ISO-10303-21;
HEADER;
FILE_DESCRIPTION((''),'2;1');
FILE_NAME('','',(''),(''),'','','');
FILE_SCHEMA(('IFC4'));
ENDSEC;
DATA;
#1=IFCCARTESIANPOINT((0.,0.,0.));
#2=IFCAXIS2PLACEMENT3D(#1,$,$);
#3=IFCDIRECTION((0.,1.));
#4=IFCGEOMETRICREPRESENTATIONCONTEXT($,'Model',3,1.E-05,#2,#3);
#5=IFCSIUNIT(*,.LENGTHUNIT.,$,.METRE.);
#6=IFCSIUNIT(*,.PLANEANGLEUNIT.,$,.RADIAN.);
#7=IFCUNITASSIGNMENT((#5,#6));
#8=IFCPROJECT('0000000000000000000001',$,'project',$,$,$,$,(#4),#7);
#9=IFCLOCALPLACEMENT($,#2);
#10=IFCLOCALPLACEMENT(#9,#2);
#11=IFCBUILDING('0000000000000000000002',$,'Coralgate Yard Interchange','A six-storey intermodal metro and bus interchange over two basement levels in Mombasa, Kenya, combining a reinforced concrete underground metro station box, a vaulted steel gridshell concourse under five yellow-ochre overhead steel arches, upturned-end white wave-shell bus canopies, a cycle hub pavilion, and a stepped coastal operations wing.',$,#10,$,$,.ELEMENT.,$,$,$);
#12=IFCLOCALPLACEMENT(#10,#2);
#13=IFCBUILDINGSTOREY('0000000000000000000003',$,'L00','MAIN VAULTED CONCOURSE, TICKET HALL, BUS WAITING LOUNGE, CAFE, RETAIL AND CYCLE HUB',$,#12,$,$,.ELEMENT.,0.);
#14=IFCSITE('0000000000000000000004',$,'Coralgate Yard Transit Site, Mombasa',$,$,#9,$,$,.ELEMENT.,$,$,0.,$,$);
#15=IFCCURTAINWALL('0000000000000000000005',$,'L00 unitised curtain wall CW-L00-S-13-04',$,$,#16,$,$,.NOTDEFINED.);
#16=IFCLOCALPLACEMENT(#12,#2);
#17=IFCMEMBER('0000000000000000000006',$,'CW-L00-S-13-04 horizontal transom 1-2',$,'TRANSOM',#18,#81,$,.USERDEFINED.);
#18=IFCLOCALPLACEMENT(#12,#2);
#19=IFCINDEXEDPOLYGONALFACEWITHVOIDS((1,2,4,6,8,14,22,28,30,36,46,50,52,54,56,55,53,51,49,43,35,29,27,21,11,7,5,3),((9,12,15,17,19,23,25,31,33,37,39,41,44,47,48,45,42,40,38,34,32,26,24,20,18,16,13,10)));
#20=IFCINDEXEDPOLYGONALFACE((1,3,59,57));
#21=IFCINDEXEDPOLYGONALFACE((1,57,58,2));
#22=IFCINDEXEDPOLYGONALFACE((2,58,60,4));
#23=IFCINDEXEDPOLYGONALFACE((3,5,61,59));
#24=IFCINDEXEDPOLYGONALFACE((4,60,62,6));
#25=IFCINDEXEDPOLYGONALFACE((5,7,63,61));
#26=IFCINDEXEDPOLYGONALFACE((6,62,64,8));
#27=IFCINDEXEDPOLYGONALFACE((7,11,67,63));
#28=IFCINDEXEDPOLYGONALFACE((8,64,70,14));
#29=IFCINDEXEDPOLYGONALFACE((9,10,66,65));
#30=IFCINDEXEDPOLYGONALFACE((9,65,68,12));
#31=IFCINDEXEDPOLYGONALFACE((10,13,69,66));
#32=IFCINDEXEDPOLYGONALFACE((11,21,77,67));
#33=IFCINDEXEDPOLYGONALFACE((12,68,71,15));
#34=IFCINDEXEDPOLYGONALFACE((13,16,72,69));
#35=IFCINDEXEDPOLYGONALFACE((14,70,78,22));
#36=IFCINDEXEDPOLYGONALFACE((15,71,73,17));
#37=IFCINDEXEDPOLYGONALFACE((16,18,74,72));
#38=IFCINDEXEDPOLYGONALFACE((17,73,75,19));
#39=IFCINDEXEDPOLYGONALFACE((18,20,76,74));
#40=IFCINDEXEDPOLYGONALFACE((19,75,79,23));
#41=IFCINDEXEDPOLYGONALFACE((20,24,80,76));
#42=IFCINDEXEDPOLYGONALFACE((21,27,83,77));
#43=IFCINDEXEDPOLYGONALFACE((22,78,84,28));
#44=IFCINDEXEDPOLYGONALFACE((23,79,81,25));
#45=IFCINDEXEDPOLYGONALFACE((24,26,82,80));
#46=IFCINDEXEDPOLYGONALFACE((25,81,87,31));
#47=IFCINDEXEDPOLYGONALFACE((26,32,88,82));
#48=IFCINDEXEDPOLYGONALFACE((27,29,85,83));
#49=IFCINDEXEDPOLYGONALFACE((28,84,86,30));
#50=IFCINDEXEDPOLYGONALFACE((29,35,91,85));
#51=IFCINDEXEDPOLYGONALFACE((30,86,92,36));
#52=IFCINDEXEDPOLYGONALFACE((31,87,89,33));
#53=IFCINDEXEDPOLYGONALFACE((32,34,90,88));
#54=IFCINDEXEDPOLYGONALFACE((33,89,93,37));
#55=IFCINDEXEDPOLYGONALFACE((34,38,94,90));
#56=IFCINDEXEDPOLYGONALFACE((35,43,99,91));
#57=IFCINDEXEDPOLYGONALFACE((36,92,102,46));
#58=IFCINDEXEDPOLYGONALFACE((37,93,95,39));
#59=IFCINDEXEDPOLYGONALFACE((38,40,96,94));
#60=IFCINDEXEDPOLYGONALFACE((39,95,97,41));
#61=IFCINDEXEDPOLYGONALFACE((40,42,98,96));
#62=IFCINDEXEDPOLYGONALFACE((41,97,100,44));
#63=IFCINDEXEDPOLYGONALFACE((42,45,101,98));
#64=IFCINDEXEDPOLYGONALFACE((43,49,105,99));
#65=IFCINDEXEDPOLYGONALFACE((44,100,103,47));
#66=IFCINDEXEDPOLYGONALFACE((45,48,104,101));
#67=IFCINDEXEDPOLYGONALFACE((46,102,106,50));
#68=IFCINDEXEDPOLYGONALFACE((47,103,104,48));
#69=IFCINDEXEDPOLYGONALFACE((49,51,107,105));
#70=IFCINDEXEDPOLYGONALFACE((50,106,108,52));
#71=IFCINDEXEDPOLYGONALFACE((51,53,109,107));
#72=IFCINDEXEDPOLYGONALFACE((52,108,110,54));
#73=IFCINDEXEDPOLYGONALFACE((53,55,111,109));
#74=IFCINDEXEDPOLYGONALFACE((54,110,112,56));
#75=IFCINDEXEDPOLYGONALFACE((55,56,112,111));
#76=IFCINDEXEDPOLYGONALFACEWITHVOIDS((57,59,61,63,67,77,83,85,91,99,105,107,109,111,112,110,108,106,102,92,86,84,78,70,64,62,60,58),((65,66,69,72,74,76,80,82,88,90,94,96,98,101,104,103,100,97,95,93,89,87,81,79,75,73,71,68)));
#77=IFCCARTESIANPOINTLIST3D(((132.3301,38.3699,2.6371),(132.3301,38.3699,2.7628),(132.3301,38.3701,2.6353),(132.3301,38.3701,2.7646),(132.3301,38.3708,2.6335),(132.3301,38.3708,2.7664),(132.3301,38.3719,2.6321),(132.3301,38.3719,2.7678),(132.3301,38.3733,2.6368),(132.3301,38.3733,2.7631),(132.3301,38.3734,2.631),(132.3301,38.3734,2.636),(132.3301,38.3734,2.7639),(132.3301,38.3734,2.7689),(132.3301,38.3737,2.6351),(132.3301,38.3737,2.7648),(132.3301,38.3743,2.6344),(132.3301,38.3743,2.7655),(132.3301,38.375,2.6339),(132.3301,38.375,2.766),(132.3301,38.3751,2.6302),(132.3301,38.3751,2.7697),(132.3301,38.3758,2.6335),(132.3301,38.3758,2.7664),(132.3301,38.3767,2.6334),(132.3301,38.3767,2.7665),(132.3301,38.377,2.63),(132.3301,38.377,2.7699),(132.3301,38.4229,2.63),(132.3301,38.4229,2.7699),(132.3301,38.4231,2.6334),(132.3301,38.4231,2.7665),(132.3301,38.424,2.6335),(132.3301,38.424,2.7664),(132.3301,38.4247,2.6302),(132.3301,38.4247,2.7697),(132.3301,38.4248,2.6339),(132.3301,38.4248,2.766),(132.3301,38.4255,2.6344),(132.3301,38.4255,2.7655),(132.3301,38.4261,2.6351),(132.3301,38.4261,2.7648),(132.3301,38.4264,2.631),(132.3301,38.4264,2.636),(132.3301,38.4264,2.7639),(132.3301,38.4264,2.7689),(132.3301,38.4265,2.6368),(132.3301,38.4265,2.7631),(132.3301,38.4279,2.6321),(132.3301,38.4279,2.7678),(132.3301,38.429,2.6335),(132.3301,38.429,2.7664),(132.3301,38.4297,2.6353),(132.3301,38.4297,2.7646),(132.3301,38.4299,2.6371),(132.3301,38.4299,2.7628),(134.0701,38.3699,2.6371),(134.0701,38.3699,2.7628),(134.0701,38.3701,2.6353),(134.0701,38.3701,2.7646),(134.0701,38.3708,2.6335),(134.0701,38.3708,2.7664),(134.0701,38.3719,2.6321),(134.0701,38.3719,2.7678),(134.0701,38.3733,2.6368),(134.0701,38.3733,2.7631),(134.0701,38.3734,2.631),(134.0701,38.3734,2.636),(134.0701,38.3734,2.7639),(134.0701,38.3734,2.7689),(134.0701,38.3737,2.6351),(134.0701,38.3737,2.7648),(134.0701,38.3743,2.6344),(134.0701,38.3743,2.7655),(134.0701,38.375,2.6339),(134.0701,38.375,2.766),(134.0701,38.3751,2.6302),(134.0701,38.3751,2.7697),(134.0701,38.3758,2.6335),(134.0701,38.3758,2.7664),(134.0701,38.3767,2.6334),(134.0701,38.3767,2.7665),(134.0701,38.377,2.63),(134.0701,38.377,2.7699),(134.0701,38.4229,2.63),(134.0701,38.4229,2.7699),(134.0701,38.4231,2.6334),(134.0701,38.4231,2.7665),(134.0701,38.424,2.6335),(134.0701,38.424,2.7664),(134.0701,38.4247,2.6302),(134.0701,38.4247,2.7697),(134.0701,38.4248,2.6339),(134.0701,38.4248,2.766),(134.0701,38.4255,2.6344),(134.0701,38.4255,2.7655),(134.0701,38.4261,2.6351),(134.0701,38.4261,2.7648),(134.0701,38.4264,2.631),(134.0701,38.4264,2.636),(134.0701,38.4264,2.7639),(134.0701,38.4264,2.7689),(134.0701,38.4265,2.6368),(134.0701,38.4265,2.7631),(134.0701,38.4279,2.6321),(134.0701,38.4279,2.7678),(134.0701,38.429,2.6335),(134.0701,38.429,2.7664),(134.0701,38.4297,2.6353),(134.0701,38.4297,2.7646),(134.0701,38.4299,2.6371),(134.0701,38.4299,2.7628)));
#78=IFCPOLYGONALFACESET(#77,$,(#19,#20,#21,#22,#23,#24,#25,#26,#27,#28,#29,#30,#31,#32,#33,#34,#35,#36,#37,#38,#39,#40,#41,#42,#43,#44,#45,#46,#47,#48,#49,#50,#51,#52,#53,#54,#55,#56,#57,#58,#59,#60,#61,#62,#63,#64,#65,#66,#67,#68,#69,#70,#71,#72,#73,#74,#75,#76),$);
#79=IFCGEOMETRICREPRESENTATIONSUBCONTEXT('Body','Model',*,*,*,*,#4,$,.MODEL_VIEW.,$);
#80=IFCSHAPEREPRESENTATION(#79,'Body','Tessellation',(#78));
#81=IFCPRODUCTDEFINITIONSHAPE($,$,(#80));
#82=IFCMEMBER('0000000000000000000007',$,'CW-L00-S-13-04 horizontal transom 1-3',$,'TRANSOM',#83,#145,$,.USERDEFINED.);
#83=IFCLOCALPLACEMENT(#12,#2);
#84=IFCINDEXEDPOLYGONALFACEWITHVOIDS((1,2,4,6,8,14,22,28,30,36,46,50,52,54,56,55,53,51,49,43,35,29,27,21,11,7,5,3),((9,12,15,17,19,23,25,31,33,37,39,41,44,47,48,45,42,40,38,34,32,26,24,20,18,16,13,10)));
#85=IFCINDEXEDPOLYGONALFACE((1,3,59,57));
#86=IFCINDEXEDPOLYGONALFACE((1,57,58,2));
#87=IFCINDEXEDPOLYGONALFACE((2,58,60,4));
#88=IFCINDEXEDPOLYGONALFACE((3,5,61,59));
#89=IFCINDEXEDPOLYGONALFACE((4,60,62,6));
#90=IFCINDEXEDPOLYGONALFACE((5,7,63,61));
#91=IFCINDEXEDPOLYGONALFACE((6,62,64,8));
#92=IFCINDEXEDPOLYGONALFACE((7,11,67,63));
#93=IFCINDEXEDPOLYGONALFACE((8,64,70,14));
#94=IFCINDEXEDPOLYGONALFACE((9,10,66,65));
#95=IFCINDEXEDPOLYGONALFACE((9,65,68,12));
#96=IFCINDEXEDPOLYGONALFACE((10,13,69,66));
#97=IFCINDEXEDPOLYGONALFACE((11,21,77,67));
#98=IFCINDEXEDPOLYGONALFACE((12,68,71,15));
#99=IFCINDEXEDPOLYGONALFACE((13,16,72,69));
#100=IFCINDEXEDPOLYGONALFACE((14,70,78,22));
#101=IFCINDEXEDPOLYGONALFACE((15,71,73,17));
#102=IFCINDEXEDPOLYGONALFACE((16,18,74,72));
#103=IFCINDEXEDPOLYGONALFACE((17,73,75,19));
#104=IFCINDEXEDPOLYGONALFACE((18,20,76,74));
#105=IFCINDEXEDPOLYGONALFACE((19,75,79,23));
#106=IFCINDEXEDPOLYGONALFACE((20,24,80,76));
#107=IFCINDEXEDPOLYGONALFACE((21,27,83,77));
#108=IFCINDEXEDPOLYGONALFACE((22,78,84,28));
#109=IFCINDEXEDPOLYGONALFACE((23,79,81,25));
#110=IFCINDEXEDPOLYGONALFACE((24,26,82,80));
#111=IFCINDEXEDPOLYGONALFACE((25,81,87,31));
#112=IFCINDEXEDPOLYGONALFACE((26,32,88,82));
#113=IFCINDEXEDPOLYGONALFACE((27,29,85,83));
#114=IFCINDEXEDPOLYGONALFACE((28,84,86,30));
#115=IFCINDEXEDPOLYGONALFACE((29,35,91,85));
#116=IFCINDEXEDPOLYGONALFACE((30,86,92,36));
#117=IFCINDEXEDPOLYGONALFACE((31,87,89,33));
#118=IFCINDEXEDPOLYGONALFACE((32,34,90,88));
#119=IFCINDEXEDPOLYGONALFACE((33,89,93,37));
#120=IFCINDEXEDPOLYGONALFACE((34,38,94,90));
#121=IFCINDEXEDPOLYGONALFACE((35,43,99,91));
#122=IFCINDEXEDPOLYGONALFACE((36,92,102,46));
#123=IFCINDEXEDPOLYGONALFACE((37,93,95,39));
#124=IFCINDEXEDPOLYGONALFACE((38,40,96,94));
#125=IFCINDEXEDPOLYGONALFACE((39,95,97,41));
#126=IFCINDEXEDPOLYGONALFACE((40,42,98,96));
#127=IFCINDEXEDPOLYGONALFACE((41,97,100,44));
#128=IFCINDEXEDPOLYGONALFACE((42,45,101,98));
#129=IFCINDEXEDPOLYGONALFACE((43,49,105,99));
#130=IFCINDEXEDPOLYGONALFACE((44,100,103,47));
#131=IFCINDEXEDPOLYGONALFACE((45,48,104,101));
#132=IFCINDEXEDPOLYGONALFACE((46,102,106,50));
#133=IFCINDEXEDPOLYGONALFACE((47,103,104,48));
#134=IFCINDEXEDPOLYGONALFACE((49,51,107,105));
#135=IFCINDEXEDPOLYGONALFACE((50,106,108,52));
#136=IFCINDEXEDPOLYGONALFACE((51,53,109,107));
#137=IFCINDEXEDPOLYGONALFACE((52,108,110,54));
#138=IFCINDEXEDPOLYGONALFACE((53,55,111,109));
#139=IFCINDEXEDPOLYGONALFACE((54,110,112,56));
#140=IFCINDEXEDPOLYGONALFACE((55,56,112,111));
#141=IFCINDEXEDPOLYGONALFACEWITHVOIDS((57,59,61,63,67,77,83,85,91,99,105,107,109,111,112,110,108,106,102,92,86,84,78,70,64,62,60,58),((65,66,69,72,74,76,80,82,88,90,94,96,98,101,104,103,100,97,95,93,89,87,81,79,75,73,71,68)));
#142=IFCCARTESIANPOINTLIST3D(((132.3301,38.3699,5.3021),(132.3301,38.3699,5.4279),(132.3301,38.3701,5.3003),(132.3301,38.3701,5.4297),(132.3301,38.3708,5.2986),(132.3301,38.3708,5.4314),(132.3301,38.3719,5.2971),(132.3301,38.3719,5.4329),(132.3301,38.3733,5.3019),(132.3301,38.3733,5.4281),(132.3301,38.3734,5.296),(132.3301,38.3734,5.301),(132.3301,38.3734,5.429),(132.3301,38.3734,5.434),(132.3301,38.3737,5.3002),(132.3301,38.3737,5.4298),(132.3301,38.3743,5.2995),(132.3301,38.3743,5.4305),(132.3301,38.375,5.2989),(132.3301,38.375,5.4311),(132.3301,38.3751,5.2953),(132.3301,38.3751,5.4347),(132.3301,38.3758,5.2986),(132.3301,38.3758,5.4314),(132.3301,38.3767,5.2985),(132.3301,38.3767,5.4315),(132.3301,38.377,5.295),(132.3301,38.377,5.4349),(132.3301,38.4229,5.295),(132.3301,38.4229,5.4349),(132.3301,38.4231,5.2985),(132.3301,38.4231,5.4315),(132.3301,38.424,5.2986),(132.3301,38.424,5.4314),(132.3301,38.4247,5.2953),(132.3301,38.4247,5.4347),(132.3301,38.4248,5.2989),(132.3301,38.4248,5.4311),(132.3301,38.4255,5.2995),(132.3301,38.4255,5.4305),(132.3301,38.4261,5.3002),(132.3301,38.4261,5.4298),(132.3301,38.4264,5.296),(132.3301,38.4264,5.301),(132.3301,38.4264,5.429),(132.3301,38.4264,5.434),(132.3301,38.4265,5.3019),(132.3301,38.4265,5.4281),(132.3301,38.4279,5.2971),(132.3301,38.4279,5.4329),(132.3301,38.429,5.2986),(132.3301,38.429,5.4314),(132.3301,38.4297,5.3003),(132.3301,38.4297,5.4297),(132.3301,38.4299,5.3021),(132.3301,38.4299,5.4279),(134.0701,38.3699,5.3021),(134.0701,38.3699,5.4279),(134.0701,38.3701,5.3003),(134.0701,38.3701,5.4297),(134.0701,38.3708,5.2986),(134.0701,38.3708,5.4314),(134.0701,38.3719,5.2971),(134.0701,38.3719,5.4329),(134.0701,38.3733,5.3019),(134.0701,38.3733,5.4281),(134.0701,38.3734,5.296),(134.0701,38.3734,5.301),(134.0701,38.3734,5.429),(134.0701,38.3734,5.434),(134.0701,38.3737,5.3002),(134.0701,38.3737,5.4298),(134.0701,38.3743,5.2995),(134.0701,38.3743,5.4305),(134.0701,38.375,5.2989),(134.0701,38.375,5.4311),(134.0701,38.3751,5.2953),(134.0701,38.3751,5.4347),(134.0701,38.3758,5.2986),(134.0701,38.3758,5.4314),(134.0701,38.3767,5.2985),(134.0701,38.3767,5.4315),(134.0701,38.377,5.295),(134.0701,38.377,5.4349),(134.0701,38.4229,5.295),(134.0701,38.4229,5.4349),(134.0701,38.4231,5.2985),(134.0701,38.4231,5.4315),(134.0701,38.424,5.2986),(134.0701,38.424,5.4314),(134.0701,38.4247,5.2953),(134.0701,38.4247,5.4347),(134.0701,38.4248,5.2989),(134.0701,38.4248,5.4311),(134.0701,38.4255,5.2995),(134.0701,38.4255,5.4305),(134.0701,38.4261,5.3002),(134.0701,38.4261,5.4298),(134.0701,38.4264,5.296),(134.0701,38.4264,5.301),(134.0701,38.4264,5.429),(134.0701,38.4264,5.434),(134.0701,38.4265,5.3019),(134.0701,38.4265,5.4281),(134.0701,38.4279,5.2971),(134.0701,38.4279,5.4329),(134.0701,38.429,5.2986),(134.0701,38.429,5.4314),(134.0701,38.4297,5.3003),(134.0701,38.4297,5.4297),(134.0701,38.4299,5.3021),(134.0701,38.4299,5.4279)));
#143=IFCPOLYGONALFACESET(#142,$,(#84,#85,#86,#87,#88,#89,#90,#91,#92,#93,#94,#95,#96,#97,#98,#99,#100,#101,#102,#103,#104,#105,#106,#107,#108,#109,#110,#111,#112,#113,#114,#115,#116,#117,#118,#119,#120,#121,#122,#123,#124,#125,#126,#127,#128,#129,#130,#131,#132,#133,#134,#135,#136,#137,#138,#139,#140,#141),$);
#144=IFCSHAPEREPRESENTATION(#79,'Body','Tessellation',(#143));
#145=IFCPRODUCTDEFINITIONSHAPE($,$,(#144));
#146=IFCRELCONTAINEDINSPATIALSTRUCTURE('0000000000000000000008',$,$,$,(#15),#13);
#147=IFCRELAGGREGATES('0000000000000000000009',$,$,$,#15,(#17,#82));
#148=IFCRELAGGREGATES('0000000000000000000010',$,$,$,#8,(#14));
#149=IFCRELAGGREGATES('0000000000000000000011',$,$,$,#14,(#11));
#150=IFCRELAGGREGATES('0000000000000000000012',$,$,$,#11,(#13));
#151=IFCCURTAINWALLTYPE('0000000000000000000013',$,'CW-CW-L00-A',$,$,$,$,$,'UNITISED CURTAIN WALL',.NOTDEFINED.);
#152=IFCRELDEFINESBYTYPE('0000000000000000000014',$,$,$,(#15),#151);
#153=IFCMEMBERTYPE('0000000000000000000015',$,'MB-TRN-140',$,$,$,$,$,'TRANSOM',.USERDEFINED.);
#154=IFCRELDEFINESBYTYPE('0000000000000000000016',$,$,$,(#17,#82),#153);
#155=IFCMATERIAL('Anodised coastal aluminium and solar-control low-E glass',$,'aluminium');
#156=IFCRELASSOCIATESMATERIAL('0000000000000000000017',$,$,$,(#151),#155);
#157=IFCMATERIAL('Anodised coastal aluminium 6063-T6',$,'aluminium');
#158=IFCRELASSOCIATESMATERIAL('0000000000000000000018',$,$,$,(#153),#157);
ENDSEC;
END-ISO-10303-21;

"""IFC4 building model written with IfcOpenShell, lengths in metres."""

from ifc_helpers import new_model, si_unit, direction, frame, origin, origin_2d, place, context, subcontext, project, spatial, hollow_rectangle, extrude, material, material_profile, profile_set, type_object, element, aggregate, save


model = new_model("IFC4")

# Units and contexts
model_context = context("Model", 3, precision=1e-05, world=origin(), true_north=direction((0.0, 1.0)))
body_context = subcontext(model_context, "Body", "Model", "MODEL_VIEW")
ifc_project = project(units=[si_unit("LENGTHUNIT", "METRE"), si_unit("PLANEANGLEUNIT", "RADIAN")], contexts=[model_context])

# Site, building, storey
site_placement = place(None, origin())
site = spatial("IfcSite", under=ifc_project, at=site_placement, Name="Coralgate Yard Transit Site, Mombasa", CompositionType="ELEMENT", RefElevation=0.0)
building_placement = place(site_placement, origin())
building = spatial("IfcBuilding", under=site, at=building_placement, Name="Coralgate Yard Interchange", Description="A six-storey intermodal metro and bus interchange over two basement levels in Mombasa, Kenya, combining a reinforced concrete underground metro station box, a vaulted steel gridshell concourse under five yellow-ochre overhead steel arches, upturned-end white wave-shell bus canopies, a cycle hub pavilion, and a stepped coastal operations wing.", CompositionType="ELEMENT")
storey_placement = place(building_placement, origin())
storey = spatial("IfcBuildingStorey", under=building, at=storey_placement, Name="L00", Description="MAIN VAULTED CONCOURSE, TICKET HALL, BUS WAITING LOUNGE, CAFE, RETAIL AND CYCLE HUB", CompositionType="ELEMENT", Elevation=0.0)

# Curtain wall, members
ifc_material_1 = material(Name="Anodised coastal aluminium and solar-control low-E glass", Category="aluminium")
curtain_wall_type = type_object("IfcCurtainWallType", Name="CW-CW-L00-A", ElementType="UNITISED CURTAIN WALL", PredefinedType="NOTDEFINED", material=ifc_material_1)
curtain_wall_placement = place(storey_placement, origin())
curtain_wall = element("IfcCurtainWall", 1, at=curtain_wall_placement, inside=storey, type_object=curtain_wall_type, Name="L00 unitised curtain wall CW-L00-S-13-04", PredefinedType="NOTDEFINED")
ifc_material_2 = material(Name="Anodised coastal aluminium 6063-T6", Category="aluminium")
ifc_material_profile_1 = material_profile(ifc_material_2, hollow_rectangle(XDim=0.0601, YDim=0.1399, WallThickness=0.0034, InnerFilletRadius=0.0034, OuterFilletRadius=0.0071, at=origin_2d()), Name="ALU 60x140x3.5")
ifc_profile_set_1 = profile_set([ifc_material_profile_1], Name="Anodised coastal aluminium 6063-T6")
member_type_1 = type_object("IfcMemberType", Name="MB-TRN-140", ElementType="TRANSOM", PredefinedType="USERDEFINED", material=ifc_profile_set_1)
member_1_placement = place(storey_placement, frame((134.0701, 38.3999, 2.7), z_axis=(-1.0, 0.0, 0.0), x_axis=(0.0, -1.0, 0.0)))
member_1 = element("IfcMember", 2, at=member_1_placement, type_object=member_type_1, Name="CW-L00-S-13-04 horizontal transom 1-2", ObjectType="TRANSOM", PredefinedType="USERDEFINED", context=body_context, shape_type="SweptSolid", body=[
    extrude(hollow_rectangle(XDim=0.0601, YDim=0.1399, WallThickness=0.0034, InnerFilletRadius=0.0034, OuterFilletRadius=0.0071, at=origin_2d()), origin(), (0.0, 0.0, 1.0), 1.74),
])
member_2_placement = place(storey_placement, frame((134.0701, 38.3999, 5.365), z_axis=(-1.0, 0.0, 0.0), x_axis=(0.0, -1.0, 0.0)))
member_2 = element("IfcMember", 3, at=member_2_placement, type_object=member_type_1, Name="CW-L00-S-13-04 horizontal transom 1-3", ObjectType="TRANSOM", PredefinedType="USERDEFINED", context=body_context, shape_type="SweptSolid", body=[
    extrude(hollow_rectangle(XDim=0.0601, YDim=0.1399, WallThickness=0.0034, InnerFilletRadius=0.0034, OuterFilletRadius=0.0071, at=origin_2d()), origin(), (0.0, 0.0, 1.0), 1.74),
])
aggregate(curtain_wall, [member_1, member_2])

save(model, "model.ifc")
